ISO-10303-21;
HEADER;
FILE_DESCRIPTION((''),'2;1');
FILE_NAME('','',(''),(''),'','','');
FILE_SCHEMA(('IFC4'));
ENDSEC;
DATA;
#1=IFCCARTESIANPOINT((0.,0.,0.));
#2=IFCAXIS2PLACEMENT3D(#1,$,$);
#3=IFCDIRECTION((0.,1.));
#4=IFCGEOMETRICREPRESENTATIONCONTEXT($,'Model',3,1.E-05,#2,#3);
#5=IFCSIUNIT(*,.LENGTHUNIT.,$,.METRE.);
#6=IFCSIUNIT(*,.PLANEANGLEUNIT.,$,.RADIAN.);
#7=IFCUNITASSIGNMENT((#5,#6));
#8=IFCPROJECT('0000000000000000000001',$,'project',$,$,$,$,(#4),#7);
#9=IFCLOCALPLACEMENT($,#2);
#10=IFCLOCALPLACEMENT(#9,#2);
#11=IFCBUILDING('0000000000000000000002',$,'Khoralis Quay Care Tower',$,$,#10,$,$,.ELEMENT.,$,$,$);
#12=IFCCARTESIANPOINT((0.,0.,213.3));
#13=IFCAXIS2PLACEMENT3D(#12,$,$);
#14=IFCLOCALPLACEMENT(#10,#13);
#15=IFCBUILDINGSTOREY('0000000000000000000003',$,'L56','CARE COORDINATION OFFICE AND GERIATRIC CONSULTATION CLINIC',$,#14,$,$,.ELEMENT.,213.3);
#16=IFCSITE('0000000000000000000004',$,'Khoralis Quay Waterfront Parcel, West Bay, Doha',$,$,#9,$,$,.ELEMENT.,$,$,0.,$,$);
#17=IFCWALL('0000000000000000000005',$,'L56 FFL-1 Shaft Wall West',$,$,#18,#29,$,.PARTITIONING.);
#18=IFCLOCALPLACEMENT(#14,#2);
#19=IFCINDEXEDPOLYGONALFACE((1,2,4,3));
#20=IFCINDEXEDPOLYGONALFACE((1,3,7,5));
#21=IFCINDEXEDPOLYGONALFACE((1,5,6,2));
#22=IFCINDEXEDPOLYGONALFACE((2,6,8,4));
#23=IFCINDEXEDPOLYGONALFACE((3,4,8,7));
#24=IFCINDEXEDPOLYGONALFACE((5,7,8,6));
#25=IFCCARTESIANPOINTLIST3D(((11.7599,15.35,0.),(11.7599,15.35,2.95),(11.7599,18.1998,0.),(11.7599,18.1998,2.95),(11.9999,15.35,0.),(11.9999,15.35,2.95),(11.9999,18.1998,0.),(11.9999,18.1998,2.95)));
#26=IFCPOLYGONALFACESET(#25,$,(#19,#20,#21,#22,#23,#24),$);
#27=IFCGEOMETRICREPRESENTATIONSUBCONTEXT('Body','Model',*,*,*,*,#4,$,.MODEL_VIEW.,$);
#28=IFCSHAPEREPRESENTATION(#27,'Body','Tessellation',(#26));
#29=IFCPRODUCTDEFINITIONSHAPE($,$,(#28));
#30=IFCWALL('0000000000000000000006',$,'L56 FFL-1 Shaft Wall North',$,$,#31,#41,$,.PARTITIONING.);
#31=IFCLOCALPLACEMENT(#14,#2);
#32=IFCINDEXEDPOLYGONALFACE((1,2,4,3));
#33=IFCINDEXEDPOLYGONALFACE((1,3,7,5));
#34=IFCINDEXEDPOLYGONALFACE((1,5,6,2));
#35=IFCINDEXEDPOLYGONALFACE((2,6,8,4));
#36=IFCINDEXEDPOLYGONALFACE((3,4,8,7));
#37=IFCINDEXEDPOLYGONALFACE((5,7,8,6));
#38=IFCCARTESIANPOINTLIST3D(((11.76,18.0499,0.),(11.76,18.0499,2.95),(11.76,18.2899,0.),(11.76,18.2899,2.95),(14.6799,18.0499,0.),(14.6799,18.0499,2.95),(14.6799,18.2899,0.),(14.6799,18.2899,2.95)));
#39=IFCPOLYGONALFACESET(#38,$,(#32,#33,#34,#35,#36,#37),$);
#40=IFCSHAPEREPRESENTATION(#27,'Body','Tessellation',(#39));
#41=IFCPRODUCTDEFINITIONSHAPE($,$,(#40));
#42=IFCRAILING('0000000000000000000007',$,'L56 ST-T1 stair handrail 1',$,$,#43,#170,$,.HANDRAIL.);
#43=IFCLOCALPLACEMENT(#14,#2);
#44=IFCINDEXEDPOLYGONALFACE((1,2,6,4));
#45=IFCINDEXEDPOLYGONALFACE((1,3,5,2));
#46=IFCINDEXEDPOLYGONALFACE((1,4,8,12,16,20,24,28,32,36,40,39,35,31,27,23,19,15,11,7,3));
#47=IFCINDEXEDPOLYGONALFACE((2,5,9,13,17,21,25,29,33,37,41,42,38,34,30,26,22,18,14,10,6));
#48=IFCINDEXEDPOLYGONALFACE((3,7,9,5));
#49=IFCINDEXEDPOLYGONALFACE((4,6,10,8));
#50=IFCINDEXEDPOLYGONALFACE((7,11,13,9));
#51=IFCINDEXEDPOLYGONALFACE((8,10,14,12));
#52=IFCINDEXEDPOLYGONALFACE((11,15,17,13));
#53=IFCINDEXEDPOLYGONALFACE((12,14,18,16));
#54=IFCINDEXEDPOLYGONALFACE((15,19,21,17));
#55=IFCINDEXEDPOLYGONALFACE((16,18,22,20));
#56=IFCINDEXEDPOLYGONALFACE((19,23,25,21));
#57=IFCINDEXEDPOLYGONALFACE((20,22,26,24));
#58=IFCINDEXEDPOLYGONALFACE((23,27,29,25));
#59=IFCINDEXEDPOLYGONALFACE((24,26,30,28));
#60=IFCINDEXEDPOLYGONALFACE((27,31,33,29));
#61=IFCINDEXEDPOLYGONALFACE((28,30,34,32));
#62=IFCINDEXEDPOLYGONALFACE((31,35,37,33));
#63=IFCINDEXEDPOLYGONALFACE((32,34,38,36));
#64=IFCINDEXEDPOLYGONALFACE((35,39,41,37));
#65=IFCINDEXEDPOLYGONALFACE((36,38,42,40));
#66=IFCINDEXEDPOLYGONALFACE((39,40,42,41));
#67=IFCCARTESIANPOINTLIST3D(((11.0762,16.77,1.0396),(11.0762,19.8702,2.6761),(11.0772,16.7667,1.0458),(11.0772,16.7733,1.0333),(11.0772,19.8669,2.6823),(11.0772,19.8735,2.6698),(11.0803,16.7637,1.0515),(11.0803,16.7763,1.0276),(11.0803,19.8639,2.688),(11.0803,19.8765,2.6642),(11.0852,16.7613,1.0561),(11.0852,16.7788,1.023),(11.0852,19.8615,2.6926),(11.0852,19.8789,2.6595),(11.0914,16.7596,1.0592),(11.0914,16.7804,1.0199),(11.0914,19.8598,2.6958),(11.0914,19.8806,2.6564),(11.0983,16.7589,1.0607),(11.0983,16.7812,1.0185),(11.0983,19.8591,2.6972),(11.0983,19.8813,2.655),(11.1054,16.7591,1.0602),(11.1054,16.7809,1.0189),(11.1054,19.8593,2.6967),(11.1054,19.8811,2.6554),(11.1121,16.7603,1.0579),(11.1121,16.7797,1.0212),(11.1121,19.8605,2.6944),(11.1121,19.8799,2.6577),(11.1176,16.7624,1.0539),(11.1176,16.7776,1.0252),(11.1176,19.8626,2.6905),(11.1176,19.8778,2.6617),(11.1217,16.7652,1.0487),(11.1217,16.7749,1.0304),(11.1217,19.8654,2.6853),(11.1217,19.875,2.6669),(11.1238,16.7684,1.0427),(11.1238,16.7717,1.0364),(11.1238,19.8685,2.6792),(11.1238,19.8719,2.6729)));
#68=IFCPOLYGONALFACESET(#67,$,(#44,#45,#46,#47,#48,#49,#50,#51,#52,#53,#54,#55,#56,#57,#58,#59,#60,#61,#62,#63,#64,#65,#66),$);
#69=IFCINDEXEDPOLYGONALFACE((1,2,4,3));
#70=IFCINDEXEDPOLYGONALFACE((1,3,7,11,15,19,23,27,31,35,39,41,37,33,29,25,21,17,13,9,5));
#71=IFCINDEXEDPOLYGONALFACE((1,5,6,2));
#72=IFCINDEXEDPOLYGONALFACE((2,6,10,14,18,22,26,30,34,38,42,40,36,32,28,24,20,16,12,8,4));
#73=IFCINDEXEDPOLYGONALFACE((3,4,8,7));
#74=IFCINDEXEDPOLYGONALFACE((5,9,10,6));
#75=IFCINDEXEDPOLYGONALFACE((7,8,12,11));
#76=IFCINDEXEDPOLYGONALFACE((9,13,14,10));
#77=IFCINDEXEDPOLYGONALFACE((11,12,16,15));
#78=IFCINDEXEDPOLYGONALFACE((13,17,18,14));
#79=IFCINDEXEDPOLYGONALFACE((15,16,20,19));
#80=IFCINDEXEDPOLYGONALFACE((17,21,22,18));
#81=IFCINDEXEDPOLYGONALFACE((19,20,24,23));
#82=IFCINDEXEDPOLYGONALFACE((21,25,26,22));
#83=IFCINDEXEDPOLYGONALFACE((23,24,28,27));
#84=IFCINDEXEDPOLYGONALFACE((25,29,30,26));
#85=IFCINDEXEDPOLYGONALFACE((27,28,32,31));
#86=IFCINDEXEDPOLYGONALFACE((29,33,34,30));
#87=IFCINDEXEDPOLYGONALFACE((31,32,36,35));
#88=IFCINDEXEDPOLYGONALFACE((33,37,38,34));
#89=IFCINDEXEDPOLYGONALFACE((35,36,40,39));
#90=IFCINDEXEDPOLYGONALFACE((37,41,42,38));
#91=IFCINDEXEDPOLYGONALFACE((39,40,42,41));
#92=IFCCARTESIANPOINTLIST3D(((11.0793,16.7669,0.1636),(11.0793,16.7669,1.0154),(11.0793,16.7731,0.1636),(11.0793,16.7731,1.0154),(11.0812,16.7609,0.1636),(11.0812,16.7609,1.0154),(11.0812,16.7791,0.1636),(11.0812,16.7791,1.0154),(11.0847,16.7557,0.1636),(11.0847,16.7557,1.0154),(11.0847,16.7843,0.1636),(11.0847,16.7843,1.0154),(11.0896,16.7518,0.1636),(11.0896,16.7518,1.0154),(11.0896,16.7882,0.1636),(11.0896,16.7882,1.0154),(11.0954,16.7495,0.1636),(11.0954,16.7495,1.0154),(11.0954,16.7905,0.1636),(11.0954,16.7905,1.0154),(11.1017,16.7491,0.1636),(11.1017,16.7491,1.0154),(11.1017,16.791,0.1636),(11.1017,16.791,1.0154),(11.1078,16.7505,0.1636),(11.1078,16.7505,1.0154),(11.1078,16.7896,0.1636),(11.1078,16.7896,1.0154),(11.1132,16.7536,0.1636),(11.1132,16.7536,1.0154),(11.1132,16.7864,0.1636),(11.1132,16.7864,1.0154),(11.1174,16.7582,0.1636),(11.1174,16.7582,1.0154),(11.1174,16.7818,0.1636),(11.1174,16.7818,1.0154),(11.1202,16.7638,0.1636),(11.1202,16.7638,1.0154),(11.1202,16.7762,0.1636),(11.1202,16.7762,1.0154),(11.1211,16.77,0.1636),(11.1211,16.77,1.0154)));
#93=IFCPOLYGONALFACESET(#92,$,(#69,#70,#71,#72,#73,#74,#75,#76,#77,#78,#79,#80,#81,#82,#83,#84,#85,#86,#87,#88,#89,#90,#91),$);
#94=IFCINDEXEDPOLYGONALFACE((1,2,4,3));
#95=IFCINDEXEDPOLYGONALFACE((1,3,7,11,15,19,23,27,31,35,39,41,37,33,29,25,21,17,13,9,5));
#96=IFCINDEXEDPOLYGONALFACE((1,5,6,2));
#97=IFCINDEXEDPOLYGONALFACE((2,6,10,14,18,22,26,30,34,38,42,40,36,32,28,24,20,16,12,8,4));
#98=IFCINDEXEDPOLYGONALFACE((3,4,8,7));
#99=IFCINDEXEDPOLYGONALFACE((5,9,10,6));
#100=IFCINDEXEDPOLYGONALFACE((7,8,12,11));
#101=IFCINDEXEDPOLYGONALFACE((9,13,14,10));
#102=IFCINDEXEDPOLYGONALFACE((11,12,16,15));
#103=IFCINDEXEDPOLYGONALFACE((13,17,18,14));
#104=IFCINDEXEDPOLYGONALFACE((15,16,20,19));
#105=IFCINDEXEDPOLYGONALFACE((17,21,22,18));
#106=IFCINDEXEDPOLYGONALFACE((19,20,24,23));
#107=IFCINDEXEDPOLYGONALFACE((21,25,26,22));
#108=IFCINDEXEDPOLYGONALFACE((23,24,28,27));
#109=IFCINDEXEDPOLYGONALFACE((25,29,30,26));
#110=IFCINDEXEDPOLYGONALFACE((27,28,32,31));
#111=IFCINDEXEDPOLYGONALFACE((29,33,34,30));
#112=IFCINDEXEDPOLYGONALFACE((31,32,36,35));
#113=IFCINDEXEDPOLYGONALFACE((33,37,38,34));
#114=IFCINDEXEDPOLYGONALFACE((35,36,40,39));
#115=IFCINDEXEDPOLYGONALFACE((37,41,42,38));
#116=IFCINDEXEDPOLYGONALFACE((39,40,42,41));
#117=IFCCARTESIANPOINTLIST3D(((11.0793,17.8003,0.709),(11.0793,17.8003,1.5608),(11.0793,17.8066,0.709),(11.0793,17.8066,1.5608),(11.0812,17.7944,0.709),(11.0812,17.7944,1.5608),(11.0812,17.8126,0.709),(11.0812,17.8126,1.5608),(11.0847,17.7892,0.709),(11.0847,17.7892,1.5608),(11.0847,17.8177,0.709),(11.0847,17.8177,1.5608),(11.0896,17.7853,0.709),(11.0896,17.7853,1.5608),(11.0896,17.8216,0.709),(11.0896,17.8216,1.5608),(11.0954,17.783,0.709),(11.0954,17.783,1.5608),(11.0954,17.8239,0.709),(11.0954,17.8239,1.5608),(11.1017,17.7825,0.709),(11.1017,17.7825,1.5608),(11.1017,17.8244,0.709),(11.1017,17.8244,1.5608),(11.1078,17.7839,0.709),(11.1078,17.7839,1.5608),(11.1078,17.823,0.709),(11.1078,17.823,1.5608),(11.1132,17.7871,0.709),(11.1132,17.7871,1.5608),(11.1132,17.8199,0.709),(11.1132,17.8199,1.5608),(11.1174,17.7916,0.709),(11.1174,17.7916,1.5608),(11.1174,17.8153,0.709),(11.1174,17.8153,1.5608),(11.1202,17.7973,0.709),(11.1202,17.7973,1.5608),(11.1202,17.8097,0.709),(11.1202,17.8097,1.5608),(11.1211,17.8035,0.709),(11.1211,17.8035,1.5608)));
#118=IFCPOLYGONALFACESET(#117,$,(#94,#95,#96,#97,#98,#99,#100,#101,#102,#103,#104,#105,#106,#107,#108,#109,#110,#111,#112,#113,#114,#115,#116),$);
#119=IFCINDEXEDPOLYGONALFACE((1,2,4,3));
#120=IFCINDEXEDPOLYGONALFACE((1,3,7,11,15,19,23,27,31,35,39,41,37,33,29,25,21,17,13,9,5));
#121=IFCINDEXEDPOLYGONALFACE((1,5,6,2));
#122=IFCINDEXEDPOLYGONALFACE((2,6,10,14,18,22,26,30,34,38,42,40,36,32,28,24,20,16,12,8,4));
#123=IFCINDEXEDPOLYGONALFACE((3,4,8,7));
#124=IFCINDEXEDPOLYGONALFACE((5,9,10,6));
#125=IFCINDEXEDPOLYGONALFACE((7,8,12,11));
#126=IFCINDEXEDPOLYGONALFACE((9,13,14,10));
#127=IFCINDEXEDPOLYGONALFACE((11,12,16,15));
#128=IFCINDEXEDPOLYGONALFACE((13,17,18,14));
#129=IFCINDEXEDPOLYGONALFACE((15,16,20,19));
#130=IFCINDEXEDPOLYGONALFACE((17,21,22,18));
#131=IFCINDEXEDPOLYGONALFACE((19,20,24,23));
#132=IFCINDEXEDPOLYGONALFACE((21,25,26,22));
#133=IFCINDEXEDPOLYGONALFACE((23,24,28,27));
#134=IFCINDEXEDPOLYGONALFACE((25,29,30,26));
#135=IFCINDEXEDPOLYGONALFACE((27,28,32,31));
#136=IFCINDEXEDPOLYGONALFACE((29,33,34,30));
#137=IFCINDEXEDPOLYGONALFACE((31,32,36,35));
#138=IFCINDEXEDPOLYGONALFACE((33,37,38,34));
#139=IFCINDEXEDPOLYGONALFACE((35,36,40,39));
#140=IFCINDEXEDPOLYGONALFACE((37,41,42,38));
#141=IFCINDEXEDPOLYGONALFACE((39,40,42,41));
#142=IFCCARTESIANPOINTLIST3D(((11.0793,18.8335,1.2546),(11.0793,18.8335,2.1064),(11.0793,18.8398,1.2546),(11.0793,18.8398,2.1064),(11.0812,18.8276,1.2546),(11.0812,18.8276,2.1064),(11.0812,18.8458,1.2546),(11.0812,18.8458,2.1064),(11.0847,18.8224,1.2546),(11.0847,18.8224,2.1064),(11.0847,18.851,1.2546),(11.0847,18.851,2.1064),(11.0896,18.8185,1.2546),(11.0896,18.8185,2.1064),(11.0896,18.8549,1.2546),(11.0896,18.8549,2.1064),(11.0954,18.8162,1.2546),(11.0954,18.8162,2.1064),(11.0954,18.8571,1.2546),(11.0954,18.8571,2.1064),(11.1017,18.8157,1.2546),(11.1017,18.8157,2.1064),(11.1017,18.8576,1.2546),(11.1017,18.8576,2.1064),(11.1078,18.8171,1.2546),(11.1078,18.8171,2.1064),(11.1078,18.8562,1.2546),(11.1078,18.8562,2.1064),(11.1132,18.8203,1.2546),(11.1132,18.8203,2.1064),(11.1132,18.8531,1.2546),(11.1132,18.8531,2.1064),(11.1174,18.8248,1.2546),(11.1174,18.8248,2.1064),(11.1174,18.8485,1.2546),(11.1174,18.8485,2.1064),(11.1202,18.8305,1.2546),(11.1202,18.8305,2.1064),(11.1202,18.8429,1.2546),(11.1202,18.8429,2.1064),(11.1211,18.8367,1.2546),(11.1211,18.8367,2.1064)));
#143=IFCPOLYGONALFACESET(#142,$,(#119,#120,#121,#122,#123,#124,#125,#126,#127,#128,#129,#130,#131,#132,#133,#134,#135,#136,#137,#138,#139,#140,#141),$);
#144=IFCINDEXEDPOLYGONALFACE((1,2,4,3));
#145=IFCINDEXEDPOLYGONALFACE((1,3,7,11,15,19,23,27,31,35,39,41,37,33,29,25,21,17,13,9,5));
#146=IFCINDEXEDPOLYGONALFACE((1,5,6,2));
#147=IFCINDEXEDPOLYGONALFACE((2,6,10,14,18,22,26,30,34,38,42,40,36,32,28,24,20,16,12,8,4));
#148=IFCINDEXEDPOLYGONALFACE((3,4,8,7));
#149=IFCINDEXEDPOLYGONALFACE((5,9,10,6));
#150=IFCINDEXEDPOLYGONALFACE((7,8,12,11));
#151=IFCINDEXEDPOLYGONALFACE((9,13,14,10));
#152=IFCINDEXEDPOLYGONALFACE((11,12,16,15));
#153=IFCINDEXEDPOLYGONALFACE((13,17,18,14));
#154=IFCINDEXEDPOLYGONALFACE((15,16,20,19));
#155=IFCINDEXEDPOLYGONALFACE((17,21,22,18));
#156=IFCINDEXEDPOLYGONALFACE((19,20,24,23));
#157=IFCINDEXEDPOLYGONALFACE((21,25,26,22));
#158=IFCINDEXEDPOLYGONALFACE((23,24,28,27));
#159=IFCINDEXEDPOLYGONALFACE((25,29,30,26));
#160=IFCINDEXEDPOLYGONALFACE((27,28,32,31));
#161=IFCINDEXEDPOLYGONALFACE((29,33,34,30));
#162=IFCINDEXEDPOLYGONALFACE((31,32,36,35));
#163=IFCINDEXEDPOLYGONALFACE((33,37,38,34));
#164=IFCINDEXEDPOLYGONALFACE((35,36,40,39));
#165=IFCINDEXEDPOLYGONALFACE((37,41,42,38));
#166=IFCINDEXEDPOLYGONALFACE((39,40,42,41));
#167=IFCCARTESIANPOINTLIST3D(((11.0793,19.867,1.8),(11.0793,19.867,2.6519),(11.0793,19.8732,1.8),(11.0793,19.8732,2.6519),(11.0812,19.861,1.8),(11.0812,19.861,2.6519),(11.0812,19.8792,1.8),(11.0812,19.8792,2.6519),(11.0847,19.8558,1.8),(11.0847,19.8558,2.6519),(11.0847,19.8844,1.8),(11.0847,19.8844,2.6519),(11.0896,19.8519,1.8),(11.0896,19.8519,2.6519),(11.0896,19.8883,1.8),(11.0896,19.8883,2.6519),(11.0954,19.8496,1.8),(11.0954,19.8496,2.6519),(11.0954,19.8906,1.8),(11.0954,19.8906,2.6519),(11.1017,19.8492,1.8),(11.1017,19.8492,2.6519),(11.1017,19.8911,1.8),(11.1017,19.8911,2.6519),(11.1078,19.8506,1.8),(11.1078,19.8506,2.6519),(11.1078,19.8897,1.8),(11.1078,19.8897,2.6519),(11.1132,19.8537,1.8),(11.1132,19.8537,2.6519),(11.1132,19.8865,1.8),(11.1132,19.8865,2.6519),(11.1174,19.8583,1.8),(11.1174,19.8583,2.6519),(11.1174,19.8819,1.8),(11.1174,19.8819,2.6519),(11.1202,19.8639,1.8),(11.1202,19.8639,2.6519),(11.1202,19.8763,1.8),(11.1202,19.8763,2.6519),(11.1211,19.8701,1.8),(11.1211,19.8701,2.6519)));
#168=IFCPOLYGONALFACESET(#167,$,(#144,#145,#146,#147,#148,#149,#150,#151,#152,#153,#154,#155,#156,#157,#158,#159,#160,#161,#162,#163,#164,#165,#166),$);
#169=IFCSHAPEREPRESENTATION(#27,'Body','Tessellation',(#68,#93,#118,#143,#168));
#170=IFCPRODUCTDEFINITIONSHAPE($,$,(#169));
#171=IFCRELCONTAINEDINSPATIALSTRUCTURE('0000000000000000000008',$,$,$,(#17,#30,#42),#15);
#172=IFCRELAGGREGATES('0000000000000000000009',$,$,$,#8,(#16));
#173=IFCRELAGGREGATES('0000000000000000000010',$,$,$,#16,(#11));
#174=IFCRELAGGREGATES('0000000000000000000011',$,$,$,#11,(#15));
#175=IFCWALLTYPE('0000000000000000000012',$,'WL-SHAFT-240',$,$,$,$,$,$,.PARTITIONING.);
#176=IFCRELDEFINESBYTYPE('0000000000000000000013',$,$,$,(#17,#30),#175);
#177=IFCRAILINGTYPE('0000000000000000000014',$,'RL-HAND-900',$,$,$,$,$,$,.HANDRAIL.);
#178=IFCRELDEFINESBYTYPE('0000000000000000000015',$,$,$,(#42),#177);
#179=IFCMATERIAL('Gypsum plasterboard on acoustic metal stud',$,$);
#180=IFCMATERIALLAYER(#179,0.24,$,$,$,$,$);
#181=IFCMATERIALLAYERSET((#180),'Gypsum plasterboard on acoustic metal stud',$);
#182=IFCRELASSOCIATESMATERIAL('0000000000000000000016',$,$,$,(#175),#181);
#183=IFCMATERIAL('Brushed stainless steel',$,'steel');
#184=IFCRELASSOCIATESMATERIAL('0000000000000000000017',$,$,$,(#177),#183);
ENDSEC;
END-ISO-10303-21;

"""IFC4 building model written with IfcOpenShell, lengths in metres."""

from ifc_helpers import new_model, si_unit, direction, frame, frame_2d, origin, origin_2d, place, context, subcontext, project, spatial, rectangle, circle, extrude, material, layer, layer_set, type_object, element, save


model = new_model("IFC4")

# Units and contexts
model_context = context("Model", 3, precision=1e-05, world=origin(), true_north=direction((0.0, 1.0)))
body_context = subcontext(model_context, "Body", "Model", "MODEL_VIEW")
ifc_project = project(units=[si_unit("LENGTHUNIT", "METRE"), si_unit("PLANEANGLEUNIT", "RADIAN")], contexts=[model_context])

# Site, building, storey
site_placement = place(None, origin())
site = spatial("IfcSite", under=ifc_project, at=site_placement, Name="Khoralis Quay Waterfront Parcel, West Bay, Doha", CompositionType="ELEMENT", RefElevation=0.0)
building_placement = place(site_placement, origin())
building = spatial("IfcBuilding", under=site, at=building_placement, Name="Khoralis Quay Care Tower", CompositionType="ELEMENT")
storey_placement = place(building_placement, frame((0.0, 0.0, 213.3)))
storey = spatial("IfcBuildingStorey", under=building, at=storey_placement, Name="L56", Description="CARE COORDINATION OFFICE AND GERIATRIC CONSULTATION CLINIC", CompositionType="ELEMENT", Elevation=213.3)

# Shared definitions
ifc_material_1 = material(Name="Gypsum plasterboard on acoustic metal stud")

# Walls
ifc_layer_1 = layer(ifc_material_1, 0.24)
ifc_layer_set_1 = layer_set([ifc_layer_1], Name="Gypsum plasterboard on acoustic metal stud")
wall_type_1 = type_object("IfcWallType", Name="WL-SHAFT-240", PredefinedType="PARTITIONING", material=ifc_layer_set_1)
wall_1_placement = place(storey_placement, frame((11.8799, 15.3501, 0.0), z_axis=(0.0, 0.0, 1.0), x_axis=(0.0, 1.0, 0.0)))
element("IfcWall", 1, at=wall_1_placement, inside=storey, type_object=wall_type_1, Name="L56 FFL-1 Shaft Wall West", PredefinedType="PARTITIONING", context=body_context, shape_type="SweptSolid", body=[
    extrude(rectangle(XDim=2.8499, YDim=0.24, at=frame_2d((1.4248, 0.0))), origin(), (0.0, 0.0, 1.0), 2.95),
])
wall_2_placement = place(storey_placement, frame((11.76, 18.1699, 0.0), z_axis=(0.0, 0.0, 1.0), x_axis=(1.0, 0.0, 0.0)))
element("IfcWall", 2, at=wall_2_placement, inside=storey, type_object=wall_type_1, Name="L56 FFL-1 Shaft Wall North", PredefinedType="PARTITIONING", context=body_context, shape_type="SweptSolid", body=[
    extrude(rectangle(XDim=2.9199, YDim=0.24, at=frame_2d((1.46, 0.0))), origin(), (0.0, 0.0, 1.0), 2.95),
])

# Railing
ifc_material_2 = material(Name="Brushed stainless steel", Category="steel")
railing_type = type_object("IfcRailingType", Name="RL-HAND-900", PredefinedType="HANDRAIL", material=ifc_material_2)
railing_placement = place(storey_placement, frame((11.1001, 16.77, 0.1636)))
element("IfcRailing", 3, at=railing_placement, inside=storey, type_object=railing_type, Name="L56 ST-T1 stair handrail 1", PredefinedType="HANDRAIL", context=body_context, shape_type="SweptSolid", body=[
    extrude(circle(Radius=0.0239, at=origin_2d()), frame((0.0, 0.0, 0.876), z_axis=(0.0, 0.884348, 0.466828), x_axis=(-1.0, 0.0, 0.0)), (0.0, 0.0, 1.0), 3.5056),
    extrude(circle(Radius=0.021, at=origin_2d()), origin(), (0.0, 0.0, 1.0), 0.8518),
    extrude(circle(Radius=0.021, at=origin_2d()), frame((0.0, 1.0334, 0.5454)), (0.0, 0.0, 1.0), 0.8518),
    extrude(circle(Radius=0.021, at=origin_2d()), frame((0.0, 2.0667, 1.0911)), (0.0, 0.0, 1.0), 0.8518),
    extrude(circle(Radius=0.021, at=origin_2d()), frame((0.0, 3.1001, 1.6365)), (0.0, 0.0, 1.0), 0.8518),
])

save(model, "model.ifc")
